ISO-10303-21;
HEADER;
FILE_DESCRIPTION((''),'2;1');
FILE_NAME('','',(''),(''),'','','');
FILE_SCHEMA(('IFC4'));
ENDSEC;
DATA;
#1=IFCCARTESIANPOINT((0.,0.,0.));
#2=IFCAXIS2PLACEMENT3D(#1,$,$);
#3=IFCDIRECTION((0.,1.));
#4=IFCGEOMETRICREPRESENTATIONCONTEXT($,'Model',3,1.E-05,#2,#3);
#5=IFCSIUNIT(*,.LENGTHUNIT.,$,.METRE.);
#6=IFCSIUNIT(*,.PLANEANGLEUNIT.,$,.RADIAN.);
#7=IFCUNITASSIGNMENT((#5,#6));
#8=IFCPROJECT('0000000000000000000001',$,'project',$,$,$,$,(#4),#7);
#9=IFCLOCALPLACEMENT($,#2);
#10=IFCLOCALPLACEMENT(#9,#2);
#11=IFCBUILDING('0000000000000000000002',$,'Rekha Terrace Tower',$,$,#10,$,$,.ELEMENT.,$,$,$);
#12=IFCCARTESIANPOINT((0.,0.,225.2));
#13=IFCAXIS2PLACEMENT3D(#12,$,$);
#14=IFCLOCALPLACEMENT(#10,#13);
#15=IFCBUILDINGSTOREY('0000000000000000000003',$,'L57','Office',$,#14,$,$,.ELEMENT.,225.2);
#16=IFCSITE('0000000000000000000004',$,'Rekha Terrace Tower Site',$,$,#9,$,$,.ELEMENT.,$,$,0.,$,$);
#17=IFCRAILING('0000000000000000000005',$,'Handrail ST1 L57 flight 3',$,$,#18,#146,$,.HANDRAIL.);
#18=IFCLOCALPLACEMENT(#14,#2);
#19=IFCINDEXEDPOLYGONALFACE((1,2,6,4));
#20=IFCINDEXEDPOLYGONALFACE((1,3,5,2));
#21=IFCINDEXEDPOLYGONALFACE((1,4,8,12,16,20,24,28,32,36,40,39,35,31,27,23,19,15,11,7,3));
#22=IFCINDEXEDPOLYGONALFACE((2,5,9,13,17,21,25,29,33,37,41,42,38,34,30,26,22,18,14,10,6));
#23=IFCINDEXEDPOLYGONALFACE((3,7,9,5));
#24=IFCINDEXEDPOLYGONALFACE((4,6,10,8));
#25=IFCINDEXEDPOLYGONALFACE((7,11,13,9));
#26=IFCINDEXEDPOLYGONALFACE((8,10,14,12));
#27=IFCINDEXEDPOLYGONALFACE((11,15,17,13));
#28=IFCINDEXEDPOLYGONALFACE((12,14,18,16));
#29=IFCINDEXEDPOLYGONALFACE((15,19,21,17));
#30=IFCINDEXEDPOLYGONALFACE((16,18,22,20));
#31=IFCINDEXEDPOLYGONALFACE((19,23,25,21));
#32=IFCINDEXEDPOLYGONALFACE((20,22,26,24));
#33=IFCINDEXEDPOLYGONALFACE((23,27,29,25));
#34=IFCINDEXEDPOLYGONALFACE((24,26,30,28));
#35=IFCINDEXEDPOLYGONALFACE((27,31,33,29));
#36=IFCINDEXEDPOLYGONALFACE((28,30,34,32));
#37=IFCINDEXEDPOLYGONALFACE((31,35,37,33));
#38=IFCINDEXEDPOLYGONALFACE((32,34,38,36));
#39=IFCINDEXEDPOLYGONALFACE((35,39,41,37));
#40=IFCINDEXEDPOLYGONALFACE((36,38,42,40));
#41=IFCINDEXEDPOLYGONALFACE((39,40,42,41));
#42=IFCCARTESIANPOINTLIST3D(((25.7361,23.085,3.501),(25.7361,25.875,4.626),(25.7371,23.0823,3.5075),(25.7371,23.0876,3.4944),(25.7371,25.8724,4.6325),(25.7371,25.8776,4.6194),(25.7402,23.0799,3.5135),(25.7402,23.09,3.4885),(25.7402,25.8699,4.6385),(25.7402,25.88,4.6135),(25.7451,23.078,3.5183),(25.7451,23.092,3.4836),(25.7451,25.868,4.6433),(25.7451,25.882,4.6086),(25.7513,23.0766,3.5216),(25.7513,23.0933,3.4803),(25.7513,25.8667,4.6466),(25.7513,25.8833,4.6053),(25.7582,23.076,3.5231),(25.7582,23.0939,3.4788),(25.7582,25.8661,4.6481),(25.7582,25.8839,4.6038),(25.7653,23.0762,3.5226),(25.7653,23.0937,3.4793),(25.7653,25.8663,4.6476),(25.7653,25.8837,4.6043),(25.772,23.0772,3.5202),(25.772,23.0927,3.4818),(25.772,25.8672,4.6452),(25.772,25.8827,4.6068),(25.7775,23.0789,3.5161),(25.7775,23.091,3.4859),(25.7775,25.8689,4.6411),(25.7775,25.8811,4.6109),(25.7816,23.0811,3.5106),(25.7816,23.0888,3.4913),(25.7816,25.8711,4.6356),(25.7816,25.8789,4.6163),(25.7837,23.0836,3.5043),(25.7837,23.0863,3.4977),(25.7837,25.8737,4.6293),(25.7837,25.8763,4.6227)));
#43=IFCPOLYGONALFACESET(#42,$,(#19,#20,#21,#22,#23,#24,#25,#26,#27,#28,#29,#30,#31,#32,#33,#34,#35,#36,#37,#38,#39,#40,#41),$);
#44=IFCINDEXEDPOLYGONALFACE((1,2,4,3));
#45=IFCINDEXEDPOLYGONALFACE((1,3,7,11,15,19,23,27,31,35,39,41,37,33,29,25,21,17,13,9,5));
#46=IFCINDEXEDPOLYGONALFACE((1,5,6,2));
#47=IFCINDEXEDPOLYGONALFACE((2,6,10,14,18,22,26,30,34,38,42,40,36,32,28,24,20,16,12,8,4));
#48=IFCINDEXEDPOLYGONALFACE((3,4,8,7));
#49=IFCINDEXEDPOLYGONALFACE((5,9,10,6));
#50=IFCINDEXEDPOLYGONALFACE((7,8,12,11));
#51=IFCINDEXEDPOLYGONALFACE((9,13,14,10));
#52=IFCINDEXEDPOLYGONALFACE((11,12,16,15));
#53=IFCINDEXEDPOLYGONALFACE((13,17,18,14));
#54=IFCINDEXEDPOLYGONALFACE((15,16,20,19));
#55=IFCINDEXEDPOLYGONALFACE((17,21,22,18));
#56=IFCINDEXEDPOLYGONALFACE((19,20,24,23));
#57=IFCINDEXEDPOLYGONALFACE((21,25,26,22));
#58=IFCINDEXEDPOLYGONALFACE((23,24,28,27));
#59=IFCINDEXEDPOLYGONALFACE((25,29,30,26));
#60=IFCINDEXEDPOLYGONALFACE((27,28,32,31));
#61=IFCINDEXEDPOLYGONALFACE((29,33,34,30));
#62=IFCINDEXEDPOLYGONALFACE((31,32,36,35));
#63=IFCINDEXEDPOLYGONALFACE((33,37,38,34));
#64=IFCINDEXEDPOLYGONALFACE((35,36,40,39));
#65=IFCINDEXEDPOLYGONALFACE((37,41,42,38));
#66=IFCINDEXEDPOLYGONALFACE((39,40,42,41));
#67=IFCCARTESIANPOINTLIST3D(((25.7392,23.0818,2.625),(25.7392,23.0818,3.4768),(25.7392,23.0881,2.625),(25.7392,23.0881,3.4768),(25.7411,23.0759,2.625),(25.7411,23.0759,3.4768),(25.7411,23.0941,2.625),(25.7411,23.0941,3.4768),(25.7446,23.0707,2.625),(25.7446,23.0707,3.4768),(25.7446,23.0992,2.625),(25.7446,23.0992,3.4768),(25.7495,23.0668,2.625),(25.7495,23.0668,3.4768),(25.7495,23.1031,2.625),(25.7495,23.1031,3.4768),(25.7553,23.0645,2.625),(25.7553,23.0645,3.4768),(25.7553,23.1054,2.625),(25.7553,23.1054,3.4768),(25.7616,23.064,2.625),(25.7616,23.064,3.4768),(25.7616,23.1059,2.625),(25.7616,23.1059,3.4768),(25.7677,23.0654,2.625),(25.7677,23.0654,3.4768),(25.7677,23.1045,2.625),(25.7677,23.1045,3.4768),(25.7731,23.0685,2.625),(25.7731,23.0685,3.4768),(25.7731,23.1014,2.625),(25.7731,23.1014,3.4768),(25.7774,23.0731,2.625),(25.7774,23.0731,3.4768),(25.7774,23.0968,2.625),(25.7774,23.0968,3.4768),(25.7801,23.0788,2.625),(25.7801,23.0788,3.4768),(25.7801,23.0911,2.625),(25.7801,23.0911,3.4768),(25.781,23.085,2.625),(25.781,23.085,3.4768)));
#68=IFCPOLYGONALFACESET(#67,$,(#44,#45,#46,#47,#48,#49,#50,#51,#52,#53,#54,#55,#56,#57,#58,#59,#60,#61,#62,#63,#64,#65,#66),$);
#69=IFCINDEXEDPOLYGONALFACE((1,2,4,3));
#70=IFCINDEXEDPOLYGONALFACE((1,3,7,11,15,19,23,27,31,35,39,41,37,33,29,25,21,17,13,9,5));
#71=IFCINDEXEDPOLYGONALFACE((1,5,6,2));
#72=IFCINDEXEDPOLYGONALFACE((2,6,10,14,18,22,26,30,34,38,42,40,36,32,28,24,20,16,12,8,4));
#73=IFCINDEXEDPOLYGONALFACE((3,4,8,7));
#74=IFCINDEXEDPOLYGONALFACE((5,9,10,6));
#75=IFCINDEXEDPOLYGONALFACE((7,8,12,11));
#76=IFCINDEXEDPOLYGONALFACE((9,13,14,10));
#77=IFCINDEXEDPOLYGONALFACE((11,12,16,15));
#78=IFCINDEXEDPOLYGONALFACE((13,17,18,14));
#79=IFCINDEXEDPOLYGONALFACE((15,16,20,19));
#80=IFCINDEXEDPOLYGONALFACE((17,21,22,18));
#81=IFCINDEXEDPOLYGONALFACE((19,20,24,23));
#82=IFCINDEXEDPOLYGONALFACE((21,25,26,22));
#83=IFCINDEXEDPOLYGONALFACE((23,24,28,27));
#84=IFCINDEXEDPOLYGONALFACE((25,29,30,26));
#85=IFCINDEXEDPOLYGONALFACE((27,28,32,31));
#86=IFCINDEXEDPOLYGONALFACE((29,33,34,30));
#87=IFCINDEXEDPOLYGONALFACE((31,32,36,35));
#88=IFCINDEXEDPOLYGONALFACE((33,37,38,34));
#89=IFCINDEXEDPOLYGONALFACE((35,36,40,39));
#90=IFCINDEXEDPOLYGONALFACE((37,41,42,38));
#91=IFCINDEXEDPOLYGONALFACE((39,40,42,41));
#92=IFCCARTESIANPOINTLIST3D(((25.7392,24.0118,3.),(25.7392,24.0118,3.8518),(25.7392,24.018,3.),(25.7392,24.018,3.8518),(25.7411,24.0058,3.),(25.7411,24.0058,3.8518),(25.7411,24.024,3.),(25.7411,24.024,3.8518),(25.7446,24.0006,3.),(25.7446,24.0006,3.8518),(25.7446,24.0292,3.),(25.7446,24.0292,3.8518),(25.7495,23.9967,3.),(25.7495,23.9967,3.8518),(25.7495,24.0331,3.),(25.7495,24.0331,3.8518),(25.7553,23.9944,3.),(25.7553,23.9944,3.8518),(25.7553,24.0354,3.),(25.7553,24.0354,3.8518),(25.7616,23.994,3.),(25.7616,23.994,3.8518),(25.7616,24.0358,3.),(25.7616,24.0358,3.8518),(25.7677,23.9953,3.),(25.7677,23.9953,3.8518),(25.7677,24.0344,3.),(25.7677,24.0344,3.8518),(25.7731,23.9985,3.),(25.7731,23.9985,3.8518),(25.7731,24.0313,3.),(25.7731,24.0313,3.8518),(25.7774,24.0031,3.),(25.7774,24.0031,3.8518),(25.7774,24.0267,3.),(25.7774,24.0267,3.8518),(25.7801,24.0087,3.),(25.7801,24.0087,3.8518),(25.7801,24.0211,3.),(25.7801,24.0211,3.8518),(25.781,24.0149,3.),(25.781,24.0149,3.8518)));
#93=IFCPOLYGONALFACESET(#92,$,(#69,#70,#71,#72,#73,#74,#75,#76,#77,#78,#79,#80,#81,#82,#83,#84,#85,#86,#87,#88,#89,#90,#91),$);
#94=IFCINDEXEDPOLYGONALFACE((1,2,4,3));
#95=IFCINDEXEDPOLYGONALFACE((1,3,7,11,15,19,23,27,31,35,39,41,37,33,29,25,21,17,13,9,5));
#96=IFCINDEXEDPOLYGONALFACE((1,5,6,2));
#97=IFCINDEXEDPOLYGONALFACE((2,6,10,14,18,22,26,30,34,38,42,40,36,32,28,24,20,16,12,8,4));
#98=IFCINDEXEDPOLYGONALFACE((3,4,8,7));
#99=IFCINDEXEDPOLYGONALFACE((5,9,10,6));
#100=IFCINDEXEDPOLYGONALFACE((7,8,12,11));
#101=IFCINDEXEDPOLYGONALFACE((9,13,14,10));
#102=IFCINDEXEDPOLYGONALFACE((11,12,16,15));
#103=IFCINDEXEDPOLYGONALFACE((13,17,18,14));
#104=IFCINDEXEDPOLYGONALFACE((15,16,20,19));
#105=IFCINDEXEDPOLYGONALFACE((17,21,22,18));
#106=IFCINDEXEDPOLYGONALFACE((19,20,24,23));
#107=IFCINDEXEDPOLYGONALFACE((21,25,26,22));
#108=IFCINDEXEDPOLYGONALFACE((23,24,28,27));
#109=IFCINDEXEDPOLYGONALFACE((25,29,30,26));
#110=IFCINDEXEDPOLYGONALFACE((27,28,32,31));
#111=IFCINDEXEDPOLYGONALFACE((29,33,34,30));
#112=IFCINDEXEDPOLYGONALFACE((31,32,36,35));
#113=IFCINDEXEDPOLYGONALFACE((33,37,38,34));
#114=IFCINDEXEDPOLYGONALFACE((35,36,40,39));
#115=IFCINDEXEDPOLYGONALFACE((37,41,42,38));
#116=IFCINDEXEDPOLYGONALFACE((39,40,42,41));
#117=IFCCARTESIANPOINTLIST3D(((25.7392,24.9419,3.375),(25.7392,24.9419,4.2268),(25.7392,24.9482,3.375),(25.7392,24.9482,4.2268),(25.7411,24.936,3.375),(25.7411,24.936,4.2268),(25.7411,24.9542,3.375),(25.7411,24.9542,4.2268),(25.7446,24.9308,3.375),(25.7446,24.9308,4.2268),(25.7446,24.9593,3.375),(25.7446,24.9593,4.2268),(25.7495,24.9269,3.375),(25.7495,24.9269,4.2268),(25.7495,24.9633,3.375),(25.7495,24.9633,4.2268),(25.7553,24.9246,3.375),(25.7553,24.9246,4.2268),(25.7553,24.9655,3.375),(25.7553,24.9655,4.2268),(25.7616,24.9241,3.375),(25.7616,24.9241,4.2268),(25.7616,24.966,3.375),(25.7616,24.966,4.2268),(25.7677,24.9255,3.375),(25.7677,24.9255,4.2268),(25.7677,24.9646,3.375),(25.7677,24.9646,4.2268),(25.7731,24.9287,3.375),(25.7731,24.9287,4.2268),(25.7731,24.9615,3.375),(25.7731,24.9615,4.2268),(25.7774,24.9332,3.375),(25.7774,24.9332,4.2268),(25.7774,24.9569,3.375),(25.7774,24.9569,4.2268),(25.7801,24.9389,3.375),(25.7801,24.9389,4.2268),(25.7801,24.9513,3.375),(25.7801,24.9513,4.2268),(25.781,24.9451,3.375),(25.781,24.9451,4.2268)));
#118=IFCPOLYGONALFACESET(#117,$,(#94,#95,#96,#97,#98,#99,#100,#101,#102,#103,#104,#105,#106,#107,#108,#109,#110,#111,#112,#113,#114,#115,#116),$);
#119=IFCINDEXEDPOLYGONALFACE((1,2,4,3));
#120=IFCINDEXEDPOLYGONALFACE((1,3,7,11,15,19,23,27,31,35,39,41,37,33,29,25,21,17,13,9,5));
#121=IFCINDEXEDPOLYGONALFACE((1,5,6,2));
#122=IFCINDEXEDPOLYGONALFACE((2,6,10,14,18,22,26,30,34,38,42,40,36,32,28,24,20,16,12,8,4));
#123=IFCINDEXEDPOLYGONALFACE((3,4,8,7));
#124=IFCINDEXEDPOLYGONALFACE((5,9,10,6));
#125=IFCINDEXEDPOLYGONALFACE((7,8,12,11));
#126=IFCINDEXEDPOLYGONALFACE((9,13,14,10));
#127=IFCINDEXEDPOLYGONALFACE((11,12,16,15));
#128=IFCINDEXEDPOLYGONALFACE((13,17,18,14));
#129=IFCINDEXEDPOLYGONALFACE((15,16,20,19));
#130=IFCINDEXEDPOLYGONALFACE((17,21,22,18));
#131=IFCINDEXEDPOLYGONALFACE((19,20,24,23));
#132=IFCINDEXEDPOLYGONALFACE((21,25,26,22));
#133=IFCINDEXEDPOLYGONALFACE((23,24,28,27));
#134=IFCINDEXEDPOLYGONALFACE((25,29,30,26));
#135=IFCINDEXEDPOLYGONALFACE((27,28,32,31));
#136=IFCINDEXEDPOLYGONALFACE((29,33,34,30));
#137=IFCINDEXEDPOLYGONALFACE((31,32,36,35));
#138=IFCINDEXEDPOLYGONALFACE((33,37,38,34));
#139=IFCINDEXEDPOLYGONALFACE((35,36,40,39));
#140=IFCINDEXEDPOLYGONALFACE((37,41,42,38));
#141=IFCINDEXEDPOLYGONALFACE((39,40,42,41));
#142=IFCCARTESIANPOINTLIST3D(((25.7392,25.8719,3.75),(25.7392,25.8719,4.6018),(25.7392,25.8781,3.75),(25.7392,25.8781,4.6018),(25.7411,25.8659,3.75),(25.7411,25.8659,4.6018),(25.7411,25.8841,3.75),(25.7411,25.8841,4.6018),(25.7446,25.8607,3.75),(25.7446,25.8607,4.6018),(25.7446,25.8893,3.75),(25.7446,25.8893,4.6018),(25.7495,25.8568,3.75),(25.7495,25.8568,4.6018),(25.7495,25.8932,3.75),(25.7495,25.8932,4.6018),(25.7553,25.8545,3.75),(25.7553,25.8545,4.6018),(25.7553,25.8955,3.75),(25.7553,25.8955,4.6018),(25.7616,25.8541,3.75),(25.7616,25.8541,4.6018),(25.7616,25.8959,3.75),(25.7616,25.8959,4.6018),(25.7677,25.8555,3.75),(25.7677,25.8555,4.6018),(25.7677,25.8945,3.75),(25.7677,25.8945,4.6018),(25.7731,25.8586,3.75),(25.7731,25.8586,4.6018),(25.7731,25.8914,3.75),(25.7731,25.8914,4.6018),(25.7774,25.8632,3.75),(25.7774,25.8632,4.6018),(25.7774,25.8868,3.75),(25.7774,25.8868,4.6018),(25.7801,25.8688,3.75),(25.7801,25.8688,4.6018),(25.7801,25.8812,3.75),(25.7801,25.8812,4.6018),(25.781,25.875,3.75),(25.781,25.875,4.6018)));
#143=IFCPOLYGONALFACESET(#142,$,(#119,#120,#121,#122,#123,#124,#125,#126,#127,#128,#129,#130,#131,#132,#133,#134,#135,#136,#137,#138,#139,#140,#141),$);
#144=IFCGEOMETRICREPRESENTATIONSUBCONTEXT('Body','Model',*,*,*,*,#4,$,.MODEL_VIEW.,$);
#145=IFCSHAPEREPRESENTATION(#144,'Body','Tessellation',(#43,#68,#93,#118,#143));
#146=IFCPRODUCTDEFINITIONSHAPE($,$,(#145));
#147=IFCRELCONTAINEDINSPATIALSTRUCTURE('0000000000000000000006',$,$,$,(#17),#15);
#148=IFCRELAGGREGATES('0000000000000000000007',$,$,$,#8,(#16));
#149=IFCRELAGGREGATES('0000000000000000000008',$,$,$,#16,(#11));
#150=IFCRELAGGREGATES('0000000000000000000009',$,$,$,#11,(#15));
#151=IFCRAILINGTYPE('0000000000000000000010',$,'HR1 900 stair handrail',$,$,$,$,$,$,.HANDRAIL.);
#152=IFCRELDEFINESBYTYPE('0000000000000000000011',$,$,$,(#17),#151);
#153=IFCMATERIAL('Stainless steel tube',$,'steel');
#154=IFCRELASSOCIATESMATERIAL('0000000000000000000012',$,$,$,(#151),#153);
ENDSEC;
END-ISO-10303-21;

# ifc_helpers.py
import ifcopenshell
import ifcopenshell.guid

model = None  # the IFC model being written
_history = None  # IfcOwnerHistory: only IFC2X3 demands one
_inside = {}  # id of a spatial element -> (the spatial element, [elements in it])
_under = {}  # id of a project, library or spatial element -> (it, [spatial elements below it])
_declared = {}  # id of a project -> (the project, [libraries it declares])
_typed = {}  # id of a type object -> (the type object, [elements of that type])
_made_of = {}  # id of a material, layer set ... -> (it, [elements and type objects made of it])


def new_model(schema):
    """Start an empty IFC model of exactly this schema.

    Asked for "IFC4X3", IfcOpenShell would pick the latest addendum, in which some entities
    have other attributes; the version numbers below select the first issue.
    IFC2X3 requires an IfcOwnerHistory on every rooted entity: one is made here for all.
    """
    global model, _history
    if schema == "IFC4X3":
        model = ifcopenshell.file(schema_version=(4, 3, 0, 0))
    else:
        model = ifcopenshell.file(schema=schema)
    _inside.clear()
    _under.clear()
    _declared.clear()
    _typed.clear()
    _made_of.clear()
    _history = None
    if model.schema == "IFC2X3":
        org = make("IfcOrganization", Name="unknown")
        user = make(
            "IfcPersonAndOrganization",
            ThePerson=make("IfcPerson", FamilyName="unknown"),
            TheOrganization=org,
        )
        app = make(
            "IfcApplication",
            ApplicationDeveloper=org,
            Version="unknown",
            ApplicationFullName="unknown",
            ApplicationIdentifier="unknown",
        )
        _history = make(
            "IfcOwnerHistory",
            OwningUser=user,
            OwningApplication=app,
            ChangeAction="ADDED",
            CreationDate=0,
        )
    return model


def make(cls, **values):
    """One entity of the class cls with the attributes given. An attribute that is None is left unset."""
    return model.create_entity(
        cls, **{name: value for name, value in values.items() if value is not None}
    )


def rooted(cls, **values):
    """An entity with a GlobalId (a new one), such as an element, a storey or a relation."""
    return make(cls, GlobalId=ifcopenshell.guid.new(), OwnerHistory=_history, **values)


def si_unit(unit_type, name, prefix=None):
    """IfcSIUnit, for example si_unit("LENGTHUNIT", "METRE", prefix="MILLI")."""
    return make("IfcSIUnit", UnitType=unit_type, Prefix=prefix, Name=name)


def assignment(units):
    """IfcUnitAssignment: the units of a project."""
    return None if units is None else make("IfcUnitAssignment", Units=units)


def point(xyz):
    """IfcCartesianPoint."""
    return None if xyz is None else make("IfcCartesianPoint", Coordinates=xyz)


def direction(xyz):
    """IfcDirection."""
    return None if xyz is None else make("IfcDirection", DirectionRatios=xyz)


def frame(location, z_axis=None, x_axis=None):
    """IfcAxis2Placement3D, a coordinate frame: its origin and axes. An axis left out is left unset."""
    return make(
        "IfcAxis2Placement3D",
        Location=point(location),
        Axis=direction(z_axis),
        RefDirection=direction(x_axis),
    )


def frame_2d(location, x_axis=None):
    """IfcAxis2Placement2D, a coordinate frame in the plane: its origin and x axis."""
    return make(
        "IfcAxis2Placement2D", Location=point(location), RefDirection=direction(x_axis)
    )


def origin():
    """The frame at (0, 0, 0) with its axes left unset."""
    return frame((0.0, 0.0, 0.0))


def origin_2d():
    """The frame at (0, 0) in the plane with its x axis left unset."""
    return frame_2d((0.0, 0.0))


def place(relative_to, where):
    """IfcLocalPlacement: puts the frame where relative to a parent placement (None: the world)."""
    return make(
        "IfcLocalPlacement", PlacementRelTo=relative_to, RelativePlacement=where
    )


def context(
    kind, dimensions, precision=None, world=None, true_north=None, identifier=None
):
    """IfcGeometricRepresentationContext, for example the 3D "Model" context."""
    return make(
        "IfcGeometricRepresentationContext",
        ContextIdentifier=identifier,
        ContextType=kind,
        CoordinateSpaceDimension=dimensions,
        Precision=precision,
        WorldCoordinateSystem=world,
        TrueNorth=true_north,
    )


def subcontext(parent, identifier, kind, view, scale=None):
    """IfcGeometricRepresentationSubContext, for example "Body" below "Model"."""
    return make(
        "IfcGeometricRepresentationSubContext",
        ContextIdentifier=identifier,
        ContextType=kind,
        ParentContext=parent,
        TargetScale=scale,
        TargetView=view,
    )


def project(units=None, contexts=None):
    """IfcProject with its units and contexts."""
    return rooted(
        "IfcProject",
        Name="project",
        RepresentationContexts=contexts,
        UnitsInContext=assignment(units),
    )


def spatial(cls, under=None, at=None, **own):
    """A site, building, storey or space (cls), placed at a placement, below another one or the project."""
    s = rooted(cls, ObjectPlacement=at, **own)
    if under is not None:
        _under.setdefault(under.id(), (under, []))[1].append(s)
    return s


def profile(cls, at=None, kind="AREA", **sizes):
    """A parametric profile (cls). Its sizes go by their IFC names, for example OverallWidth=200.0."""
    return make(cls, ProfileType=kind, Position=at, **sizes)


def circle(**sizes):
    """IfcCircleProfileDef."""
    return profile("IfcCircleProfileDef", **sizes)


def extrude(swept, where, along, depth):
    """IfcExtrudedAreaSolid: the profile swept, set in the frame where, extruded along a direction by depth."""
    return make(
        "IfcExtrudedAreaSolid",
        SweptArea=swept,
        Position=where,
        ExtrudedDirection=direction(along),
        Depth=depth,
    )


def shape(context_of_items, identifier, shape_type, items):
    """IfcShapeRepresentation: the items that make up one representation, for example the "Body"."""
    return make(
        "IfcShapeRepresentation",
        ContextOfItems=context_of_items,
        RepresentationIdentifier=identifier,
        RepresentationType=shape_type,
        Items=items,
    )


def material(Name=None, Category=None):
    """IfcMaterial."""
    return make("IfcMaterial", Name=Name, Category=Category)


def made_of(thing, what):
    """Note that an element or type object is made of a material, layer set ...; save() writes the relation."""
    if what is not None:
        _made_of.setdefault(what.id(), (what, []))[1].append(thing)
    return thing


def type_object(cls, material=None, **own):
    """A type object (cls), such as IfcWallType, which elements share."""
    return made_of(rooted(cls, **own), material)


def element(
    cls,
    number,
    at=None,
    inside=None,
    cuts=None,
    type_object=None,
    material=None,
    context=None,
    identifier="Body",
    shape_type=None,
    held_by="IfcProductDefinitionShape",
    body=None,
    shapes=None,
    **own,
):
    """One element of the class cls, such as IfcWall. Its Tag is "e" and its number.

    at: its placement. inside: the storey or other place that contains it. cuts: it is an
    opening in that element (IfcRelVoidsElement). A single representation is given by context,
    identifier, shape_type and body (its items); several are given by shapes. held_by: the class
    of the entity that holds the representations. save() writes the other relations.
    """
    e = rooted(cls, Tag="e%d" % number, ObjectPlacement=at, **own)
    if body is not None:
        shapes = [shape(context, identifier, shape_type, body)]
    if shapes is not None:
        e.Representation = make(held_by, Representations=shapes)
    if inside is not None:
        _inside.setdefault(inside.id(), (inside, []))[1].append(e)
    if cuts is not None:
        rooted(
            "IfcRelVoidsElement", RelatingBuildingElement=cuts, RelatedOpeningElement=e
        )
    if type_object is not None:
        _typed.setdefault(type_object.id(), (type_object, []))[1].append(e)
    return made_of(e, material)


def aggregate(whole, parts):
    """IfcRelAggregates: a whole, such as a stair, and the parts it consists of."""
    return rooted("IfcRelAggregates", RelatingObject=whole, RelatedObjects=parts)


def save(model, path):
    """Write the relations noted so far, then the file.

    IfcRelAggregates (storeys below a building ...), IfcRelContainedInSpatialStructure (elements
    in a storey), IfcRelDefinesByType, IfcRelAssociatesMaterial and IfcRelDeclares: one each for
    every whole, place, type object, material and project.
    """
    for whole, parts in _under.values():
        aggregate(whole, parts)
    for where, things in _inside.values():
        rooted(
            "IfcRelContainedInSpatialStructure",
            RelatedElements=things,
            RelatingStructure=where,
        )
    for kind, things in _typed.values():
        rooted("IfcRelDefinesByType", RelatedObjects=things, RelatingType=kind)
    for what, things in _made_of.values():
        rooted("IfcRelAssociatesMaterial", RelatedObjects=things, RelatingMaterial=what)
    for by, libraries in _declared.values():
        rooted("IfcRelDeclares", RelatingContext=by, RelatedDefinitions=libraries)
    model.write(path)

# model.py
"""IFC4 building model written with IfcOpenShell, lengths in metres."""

from ifc_helpers import new_model, si_unit, direction, frame, origin, origin_2d, place, context, subcontext, project, spatial, circle, extrude, material, type_object, element, save


model = new_model("IFC4")

# Units and contexts
model_context = context("Model", 3, precision=1e-05, world=origin(), true_north=direction((0.0, 1.0)))
body_context = subcontext(model_context, "Body", "Model", "MODEL_VIEW")
ifc_project = project(units=[si_unit("LENGTHUNIT", "METRE"), si_unit("PLANEANGLEUNIT", "RADIAN")], contexts=[model_context])

# Site, building, storey
site_placement = place(None, origin())
site = spatial("IfcSite", under=ifc_project, at=site_placement, Name="Rekha Terrace Tower Site", CompositionType="ELEMENT", RefElevation=0.0)
building_placement = place(site_placement, origin())
building = spatial("IfcBuilding", under=site, at=building_placement, Name="Rekha Terrace Tower", CompositionType="ELEMENT")
storey_placement = place(building_placement, frame((0.0, 0.0, 225.2)))
storey = spatial("IfcBuildingStorey", under=building, at=storey_placement, Name="L57", Description="Office", CompositionType="ELEMENT", Elevation=225.2)

# Railing
ifc_material_1 = material(Name="Stainless steel tube", Category="steel")
railing_type = type_object("IfcRailingType", Name="HR1 900 stair handrail", PredefinedType="HANDRAIL", material=ifc_material_1)
railing_placement = place(storey_placement, frame((25.76, 23.085, 2.625)))
element("IfcRailing", 1, at=railing_placement, inside=storey, type_object=railing_type, Name="Handrail ST1 L57 flight 3", PredefinedType="HANDRAIL", context=body_context, shape_type="SweptSolid", body=[
    extrude(circle(Radius=0.0239, at=origin_2d()), frame((0.0, 0.0, 0.876), z_axis=(0.0, 0.927443, 0.373964), x_axis=(-1.0, 0.0, 0.0)), (0.0, 0.0, 1.0), 3.0083),
    extrude(circle(Radius=0.021, at=origin_2d()), origin(), (0.0, 0.0, 1.0), 0.8518),
    extrude(circle(Radius=0.021, at=origin_2d()), frame((0.0, 0.9299, 0.375)), (0.0, 0.0, 1.0), 0.8518),
    extrude(circle(Radius=0.021, at=origin_2d()), frame((0.0, 1.8601, 0.75)), (0.0, 0.0, 1.0), 0.8518),
    extrude(circle(Radius=0.021, at=origin_2d()), frame((0.0, 2.79, 1.125)), (0.0, 0.0, 1.0), 0.8518),
])

save(model, "model.ifc")
